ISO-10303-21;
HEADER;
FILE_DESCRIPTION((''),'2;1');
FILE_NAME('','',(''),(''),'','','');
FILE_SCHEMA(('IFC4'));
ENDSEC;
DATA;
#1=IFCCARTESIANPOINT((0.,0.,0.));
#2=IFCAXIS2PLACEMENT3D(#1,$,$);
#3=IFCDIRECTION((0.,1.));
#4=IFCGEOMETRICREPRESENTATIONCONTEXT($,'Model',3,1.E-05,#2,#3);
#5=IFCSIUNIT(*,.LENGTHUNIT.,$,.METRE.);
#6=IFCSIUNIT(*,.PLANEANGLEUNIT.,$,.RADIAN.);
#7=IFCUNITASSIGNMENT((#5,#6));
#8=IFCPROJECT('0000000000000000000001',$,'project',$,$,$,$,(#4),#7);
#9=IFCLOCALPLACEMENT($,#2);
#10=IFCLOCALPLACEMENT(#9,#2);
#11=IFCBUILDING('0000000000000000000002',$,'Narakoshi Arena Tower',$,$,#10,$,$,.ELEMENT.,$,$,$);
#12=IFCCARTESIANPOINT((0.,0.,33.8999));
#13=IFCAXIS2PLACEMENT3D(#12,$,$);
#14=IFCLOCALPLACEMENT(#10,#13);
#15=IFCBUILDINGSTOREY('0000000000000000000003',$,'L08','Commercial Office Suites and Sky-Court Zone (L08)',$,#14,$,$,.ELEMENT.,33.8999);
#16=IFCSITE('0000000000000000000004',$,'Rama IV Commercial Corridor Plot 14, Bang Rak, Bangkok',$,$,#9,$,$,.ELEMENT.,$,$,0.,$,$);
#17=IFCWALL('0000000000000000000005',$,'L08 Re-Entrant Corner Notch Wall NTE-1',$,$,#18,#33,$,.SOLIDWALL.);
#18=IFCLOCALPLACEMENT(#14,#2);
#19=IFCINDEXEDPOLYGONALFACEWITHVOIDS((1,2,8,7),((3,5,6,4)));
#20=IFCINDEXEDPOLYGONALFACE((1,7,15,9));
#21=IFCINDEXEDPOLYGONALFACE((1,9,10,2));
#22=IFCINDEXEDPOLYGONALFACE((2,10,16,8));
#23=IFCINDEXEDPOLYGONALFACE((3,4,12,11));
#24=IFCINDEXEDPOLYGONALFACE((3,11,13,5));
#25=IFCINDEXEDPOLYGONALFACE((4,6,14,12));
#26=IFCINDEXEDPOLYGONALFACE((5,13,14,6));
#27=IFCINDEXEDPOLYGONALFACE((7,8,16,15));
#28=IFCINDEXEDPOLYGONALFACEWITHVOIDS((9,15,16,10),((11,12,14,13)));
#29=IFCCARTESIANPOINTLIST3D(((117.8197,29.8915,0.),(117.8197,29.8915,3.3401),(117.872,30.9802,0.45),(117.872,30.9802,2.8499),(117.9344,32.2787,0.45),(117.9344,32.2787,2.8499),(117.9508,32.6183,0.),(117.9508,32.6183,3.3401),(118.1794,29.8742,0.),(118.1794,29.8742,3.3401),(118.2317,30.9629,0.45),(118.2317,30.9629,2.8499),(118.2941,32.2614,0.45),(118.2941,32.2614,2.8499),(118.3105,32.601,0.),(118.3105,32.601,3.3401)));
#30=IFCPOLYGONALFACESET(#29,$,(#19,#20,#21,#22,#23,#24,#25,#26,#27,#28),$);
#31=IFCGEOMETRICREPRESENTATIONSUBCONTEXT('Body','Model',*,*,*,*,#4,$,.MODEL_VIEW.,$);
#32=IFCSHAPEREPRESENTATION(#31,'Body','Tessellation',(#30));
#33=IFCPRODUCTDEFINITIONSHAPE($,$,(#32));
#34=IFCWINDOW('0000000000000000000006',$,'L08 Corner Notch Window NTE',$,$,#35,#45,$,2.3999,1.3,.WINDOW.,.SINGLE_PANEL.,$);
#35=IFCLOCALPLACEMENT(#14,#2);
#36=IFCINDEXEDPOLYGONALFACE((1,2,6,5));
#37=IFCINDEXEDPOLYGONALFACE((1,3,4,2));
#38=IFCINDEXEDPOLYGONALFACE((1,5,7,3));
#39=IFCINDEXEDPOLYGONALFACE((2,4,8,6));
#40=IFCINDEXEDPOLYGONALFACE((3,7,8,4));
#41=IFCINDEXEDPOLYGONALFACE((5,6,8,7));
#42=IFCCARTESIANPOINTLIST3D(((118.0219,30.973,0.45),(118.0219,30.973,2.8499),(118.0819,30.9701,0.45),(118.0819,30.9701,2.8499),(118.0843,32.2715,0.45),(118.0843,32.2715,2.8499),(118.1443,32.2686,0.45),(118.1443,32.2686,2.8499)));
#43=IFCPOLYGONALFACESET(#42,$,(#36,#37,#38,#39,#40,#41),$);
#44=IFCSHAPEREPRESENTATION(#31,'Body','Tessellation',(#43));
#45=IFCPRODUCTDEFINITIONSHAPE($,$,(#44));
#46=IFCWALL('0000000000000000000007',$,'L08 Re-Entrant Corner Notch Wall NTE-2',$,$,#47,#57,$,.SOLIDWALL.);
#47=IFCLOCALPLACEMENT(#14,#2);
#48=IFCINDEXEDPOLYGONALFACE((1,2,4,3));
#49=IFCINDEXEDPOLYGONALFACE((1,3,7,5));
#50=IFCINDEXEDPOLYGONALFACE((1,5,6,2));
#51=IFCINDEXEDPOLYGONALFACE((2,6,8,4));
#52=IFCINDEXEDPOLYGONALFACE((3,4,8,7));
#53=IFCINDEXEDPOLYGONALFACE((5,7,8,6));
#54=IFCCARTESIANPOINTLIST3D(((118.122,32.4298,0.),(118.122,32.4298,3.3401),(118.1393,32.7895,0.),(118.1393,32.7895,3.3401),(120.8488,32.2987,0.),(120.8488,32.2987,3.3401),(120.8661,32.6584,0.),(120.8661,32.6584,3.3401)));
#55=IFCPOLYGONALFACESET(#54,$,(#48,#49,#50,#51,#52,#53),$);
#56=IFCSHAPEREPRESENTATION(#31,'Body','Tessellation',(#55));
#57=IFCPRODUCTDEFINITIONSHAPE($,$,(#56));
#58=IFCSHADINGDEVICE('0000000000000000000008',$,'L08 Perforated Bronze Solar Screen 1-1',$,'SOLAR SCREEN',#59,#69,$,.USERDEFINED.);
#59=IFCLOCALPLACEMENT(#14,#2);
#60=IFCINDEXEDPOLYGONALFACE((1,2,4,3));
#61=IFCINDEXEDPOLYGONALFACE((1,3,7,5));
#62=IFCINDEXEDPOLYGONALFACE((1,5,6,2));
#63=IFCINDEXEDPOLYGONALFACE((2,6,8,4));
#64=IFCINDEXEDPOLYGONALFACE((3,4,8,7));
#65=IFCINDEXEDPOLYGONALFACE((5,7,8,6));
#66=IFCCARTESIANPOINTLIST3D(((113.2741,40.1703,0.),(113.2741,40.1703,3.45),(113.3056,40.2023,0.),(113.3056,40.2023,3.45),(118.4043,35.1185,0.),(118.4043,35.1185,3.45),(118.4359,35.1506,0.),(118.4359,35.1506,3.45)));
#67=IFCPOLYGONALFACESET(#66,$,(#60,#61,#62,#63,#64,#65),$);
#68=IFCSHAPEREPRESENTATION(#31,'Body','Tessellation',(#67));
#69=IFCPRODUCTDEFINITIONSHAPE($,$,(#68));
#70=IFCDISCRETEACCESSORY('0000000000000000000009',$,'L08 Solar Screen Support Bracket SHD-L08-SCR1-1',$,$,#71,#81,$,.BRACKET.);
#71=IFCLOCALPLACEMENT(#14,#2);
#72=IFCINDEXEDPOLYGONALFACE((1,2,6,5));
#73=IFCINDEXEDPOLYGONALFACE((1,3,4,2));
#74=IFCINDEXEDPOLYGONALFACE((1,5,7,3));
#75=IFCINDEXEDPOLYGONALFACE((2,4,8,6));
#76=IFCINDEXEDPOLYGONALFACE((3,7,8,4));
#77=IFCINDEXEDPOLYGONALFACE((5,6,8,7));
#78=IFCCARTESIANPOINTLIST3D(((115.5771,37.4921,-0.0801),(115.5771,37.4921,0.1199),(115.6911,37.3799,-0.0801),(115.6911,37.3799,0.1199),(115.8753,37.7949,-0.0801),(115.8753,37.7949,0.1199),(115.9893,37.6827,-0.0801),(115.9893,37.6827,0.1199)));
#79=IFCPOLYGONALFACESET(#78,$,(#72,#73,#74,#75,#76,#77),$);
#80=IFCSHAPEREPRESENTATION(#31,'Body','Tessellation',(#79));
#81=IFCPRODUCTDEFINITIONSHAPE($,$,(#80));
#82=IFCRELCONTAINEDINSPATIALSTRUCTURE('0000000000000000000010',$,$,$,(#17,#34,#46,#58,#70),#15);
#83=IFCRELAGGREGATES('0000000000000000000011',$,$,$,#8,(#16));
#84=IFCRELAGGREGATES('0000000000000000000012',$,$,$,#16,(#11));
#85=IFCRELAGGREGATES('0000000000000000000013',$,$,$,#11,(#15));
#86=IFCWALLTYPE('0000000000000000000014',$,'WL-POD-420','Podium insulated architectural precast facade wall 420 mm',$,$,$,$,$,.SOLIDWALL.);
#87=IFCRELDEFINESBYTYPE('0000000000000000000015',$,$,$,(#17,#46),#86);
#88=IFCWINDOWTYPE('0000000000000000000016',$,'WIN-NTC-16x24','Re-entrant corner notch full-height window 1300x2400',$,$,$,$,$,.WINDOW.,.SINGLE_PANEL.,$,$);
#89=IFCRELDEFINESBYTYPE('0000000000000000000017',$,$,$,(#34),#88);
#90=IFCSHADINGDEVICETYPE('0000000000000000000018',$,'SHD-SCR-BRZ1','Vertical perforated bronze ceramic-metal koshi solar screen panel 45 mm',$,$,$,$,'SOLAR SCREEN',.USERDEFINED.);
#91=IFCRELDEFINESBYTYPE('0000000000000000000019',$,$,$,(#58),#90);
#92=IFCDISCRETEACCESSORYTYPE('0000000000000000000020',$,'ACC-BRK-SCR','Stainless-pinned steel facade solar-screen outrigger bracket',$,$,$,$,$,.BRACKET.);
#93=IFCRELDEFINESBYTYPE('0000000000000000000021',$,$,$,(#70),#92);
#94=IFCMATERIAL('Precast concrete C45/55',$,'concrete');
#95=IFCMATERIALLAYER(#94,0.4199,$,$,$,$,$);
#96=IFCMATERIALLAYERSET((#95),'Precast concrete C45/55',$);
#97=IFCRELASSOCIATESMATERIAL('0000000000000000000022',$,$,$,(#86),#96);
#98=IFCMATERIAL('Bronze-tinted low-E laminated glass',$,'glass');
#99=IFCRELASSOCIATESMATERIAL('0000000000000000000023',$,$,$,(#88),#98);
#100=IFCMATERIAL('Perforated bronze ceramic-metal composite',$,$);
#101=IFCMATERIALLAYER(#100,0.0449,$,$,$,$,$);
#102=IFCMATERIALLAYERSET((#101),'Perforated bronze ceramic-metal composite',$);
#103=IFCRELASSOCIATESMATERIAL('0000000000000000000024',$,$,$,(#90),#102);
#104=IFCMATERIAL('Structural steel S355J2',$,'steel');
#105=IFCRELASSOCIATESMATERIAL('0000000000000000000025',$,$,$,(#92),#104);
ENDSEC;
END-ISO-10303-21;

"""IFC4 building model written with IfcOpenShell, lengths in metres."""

from ifc_helpers import new_model, si_unit, direction, frame, frame_2d, origin, origin_2d, place, context, subcontext, project, spatial, rectangle, extrude, material, layer, layer_set, type_object, element, fill, save


model = new_model("IFC4")

# Units and contexts
model_context = context("Model", 3, precision=1e-05, world=origin(), true_north=direction((0.0, 1.0)))
body_context = subcontext(model_context, "Body", "Model", "MODEL_VIEW")
ifc_project = project(units=[si_unit("LENGTHUNIT", "METRE"), si_unit("PLANEANGLEUNIT", "RADIAN")], contexts=[model_context])

# Site, building, storey
site_placement = place(None, origin())
site = spatial("IfcSite", under=ifc_project, at=site_placement, Name="Rama IV Commercial Corridor Plot 14, Bang Rak, Bangkok", CompositionType="ELEMENT", RefElevation=0.0)
building_placement = place(site_placement, origin())
building = spatial("IfcBuilding", under=site, at=building_placement, Name="Narakoshi Arena Tower", CompositionType="ELEMENT")
storey_placement = place(building_placement, frame((0.0, 0.0, 33.8999)))
storey = spatial("IfcBuildingStorey", under=building, at=storey_placement, Name="L08", Description="Commercial Office Suites and Sky-Court Zone (L08)", CompositionType="ELEMENT", Elevation=33.8999)

# Shared definitions
ifc_material_1 = material(Name="Structural steel S355J2", Category="steel")

# Shared definitions
ifc_material_2 = material(Name="Bronze-tinted low-E laminated glass", Category="glass")

# Shared definitions
ifc_material_3 = material(Name="Precast concrete C45/55", Category="concrete")

# Wall, opening, window
ifc_layer_1 = layer(ifc_material_3, 0.4199)
ifc_layer_set_1 = layer_set([ifc_layer_1], Name="Precast concrete C45/55")
wall_type_1 = type_object("IfcWallType", Name="WL-POD-420", Description="Podium insulated architectural precast facade wall 420 mm", PredefinedType="SOLIDWALL", material=ifc_layer_set_1)
wall_1_placement = place(storey_placement, frame((117.9995, 29.8828, 0.0), z_axis=(0.0, 0.0, 1.0), x_axis=(0.048024, 0.998846, 0.0)))
wall_1 = element("IfcWall", 1, at=wall_1_placement, inside=storey, type_object=wall_type_1, Name="L08 Re-Entrant Corner Notch Wall NTE-1", PredefinedType="SOLIDWALL", context=body_context, shape_type="SweptSolid", body=[
    extrude(rectangle(XDim=2.73, YDim=0.3601, at=frame_2d((1.365, 0.0))), origin(), (0.0, 0.0, 1.0), 3.3401),
])
opening_1_placement = place(wall_1_placement, frame((1.0901, 0.0, 0.45)))
opening_1 = element("IfcOpeningElement", 2, at=opening_1_placement, cuts=wall_1, PredefinedType="OPENING", context=body_context, shape_type="SweptSolid", body=[
    extrude(rectangle(XDim=1.3, YDim=2.3999, at=frame_2d((0.6499, 1.2))), frame((0.0, 0.1899, 0.0), z_axis=(0.0, -1.0, 0.0), x_axis=(1.0, 0.0, 0.0)), (0.0, 0.0, 1.0), 0.3801),
])
window_type_1 = type_object("IfcWindowType", Name="WIN-NTC-16x24", Description="Re-entrant corner notch full-height window 1300x2400", PartitioningType="SINGLE_PANEL", PredefinedType="WINDOW", material=ifc_material_2)
window_1_placement = place(opening_1_placement, origin())
window_1 = element("IfcWindow", 3, at=window_1_placement, inside=storey, type_object=window_type_1, Name="L08 Corner Notch Window NTE", OverallHeight=2.3999, OverallWidth=1.3, PartitioningType="SINGLE_PANEL", PredefinedType="WINDOW", context=body_context, shape_type="SweptSolid", body=[
    extrude(rectangle(XDim=1.3, YDim=2.3999, at=frame_2d((0.6499, 1.2))), frame((0.0, 0.03, 0.0), z_axis=(0.0, -1.0, 0.0), x_axis=(1.0, 0.0, 0.0)), (0.0, 0.0, 1.0), 0.0601),
])
fill(opening_1, window_1)

# Wall
wall_2_placement = place(storey_placement, frame((118.1306, 32.6096, 0.0), z_axis=(0.0, 0.0, 1.0), x_axis=(0.998846, -0.048024, 0.0)))
element("IfcWall", 4, at=wall_2_placement, inside=storey, type_object=wall_type_1, Name="L08 Re-Entrant Corner Notch Wall NTE-2", PredefinedType="SOLIDWALL", context=body_context, shape_type="SweptSolid", body=[
    extrude(rectangle(XDim=2.73, YDim=0.3601, at=frame_2d((1.365, 0.0))), origin(), (0.0, 0.0, 1.0), 3.3401),
])

# Shading device
ifc_material_4 = material(Name="Perforated bronze ceramic-metal composite")
ifc_layer_2 = layer(ifc_material_4, 0.0449)
ifc_layer_set_2 = layer_set([ifc_layer_2], Name="Perforated bronze ceramic-metal composite")
shading_device_type = type_object("IfcShadingDeviceType", Name="SHD-SCR-BRZ1", Description="Vertical perforated bronze ceramic-metal koshi solar screen panel 45 mm", ElementType="SOLAR SCREEN", PredefinedType="USERDEFINED", material=ifc_layer_set_2)
shading_device_placement = place(storey_placement, frame((115.855, 37.6604, 0.0), z_axis=(0.0, 0.0, 1.0), x_axis=(-0.712541, 0.701631, 0.0)))
element("IfcShadingDevice", 5, at=shading_device_placement, inside=storey, type_object=shading_device_type, Name="L08 Perforated Bronze Solar Screen 1-1", ObjectType="SOLAR SCREEN", PredefinedType="USERDEFINED", context=body_context, shape_type="SweptSolid", body=[
    extrude(rectangle(XDim=7.2, YDim=0.0449, at=origin_2d()), origin(), (0.0, 0.0, 1.0), 3.45),
])

# Discrete accessory
discrete_accessory_type = type_object("IfcDiscreteAccessoryType", Name="ACC-BRK-SCR", Description="Stainless-pinned steel facade solar-screen outrigger bracket", PredefinedType="BRACKET", material=ifc_material_1)
discrete_accessory_placement = place(storey_placement, frame((115.7832, 37.5874, -0.0801), z_axis=(0.0, 0.0, 1.0), x_axis=(-0.712541, 0.701631, 0.0)))
element("IfcDiscreteAccessory", 6, at=discrete_accessory_placement, inside=storey, type_object=discrete_accessory_type, Name="L08 Solar Screen Support Bracket SHD-L08-SCR1-1", PredefinedType="BRACKET", context=body_context, shape_type="SweptSolid", body=[
    extrude(rectangle(XDim=0.1599, YDim=0.425, at=origin_2d()), origin(), (0.0, 0.0, 1.0), 0.2),
])

save(model, "model.ifc")
